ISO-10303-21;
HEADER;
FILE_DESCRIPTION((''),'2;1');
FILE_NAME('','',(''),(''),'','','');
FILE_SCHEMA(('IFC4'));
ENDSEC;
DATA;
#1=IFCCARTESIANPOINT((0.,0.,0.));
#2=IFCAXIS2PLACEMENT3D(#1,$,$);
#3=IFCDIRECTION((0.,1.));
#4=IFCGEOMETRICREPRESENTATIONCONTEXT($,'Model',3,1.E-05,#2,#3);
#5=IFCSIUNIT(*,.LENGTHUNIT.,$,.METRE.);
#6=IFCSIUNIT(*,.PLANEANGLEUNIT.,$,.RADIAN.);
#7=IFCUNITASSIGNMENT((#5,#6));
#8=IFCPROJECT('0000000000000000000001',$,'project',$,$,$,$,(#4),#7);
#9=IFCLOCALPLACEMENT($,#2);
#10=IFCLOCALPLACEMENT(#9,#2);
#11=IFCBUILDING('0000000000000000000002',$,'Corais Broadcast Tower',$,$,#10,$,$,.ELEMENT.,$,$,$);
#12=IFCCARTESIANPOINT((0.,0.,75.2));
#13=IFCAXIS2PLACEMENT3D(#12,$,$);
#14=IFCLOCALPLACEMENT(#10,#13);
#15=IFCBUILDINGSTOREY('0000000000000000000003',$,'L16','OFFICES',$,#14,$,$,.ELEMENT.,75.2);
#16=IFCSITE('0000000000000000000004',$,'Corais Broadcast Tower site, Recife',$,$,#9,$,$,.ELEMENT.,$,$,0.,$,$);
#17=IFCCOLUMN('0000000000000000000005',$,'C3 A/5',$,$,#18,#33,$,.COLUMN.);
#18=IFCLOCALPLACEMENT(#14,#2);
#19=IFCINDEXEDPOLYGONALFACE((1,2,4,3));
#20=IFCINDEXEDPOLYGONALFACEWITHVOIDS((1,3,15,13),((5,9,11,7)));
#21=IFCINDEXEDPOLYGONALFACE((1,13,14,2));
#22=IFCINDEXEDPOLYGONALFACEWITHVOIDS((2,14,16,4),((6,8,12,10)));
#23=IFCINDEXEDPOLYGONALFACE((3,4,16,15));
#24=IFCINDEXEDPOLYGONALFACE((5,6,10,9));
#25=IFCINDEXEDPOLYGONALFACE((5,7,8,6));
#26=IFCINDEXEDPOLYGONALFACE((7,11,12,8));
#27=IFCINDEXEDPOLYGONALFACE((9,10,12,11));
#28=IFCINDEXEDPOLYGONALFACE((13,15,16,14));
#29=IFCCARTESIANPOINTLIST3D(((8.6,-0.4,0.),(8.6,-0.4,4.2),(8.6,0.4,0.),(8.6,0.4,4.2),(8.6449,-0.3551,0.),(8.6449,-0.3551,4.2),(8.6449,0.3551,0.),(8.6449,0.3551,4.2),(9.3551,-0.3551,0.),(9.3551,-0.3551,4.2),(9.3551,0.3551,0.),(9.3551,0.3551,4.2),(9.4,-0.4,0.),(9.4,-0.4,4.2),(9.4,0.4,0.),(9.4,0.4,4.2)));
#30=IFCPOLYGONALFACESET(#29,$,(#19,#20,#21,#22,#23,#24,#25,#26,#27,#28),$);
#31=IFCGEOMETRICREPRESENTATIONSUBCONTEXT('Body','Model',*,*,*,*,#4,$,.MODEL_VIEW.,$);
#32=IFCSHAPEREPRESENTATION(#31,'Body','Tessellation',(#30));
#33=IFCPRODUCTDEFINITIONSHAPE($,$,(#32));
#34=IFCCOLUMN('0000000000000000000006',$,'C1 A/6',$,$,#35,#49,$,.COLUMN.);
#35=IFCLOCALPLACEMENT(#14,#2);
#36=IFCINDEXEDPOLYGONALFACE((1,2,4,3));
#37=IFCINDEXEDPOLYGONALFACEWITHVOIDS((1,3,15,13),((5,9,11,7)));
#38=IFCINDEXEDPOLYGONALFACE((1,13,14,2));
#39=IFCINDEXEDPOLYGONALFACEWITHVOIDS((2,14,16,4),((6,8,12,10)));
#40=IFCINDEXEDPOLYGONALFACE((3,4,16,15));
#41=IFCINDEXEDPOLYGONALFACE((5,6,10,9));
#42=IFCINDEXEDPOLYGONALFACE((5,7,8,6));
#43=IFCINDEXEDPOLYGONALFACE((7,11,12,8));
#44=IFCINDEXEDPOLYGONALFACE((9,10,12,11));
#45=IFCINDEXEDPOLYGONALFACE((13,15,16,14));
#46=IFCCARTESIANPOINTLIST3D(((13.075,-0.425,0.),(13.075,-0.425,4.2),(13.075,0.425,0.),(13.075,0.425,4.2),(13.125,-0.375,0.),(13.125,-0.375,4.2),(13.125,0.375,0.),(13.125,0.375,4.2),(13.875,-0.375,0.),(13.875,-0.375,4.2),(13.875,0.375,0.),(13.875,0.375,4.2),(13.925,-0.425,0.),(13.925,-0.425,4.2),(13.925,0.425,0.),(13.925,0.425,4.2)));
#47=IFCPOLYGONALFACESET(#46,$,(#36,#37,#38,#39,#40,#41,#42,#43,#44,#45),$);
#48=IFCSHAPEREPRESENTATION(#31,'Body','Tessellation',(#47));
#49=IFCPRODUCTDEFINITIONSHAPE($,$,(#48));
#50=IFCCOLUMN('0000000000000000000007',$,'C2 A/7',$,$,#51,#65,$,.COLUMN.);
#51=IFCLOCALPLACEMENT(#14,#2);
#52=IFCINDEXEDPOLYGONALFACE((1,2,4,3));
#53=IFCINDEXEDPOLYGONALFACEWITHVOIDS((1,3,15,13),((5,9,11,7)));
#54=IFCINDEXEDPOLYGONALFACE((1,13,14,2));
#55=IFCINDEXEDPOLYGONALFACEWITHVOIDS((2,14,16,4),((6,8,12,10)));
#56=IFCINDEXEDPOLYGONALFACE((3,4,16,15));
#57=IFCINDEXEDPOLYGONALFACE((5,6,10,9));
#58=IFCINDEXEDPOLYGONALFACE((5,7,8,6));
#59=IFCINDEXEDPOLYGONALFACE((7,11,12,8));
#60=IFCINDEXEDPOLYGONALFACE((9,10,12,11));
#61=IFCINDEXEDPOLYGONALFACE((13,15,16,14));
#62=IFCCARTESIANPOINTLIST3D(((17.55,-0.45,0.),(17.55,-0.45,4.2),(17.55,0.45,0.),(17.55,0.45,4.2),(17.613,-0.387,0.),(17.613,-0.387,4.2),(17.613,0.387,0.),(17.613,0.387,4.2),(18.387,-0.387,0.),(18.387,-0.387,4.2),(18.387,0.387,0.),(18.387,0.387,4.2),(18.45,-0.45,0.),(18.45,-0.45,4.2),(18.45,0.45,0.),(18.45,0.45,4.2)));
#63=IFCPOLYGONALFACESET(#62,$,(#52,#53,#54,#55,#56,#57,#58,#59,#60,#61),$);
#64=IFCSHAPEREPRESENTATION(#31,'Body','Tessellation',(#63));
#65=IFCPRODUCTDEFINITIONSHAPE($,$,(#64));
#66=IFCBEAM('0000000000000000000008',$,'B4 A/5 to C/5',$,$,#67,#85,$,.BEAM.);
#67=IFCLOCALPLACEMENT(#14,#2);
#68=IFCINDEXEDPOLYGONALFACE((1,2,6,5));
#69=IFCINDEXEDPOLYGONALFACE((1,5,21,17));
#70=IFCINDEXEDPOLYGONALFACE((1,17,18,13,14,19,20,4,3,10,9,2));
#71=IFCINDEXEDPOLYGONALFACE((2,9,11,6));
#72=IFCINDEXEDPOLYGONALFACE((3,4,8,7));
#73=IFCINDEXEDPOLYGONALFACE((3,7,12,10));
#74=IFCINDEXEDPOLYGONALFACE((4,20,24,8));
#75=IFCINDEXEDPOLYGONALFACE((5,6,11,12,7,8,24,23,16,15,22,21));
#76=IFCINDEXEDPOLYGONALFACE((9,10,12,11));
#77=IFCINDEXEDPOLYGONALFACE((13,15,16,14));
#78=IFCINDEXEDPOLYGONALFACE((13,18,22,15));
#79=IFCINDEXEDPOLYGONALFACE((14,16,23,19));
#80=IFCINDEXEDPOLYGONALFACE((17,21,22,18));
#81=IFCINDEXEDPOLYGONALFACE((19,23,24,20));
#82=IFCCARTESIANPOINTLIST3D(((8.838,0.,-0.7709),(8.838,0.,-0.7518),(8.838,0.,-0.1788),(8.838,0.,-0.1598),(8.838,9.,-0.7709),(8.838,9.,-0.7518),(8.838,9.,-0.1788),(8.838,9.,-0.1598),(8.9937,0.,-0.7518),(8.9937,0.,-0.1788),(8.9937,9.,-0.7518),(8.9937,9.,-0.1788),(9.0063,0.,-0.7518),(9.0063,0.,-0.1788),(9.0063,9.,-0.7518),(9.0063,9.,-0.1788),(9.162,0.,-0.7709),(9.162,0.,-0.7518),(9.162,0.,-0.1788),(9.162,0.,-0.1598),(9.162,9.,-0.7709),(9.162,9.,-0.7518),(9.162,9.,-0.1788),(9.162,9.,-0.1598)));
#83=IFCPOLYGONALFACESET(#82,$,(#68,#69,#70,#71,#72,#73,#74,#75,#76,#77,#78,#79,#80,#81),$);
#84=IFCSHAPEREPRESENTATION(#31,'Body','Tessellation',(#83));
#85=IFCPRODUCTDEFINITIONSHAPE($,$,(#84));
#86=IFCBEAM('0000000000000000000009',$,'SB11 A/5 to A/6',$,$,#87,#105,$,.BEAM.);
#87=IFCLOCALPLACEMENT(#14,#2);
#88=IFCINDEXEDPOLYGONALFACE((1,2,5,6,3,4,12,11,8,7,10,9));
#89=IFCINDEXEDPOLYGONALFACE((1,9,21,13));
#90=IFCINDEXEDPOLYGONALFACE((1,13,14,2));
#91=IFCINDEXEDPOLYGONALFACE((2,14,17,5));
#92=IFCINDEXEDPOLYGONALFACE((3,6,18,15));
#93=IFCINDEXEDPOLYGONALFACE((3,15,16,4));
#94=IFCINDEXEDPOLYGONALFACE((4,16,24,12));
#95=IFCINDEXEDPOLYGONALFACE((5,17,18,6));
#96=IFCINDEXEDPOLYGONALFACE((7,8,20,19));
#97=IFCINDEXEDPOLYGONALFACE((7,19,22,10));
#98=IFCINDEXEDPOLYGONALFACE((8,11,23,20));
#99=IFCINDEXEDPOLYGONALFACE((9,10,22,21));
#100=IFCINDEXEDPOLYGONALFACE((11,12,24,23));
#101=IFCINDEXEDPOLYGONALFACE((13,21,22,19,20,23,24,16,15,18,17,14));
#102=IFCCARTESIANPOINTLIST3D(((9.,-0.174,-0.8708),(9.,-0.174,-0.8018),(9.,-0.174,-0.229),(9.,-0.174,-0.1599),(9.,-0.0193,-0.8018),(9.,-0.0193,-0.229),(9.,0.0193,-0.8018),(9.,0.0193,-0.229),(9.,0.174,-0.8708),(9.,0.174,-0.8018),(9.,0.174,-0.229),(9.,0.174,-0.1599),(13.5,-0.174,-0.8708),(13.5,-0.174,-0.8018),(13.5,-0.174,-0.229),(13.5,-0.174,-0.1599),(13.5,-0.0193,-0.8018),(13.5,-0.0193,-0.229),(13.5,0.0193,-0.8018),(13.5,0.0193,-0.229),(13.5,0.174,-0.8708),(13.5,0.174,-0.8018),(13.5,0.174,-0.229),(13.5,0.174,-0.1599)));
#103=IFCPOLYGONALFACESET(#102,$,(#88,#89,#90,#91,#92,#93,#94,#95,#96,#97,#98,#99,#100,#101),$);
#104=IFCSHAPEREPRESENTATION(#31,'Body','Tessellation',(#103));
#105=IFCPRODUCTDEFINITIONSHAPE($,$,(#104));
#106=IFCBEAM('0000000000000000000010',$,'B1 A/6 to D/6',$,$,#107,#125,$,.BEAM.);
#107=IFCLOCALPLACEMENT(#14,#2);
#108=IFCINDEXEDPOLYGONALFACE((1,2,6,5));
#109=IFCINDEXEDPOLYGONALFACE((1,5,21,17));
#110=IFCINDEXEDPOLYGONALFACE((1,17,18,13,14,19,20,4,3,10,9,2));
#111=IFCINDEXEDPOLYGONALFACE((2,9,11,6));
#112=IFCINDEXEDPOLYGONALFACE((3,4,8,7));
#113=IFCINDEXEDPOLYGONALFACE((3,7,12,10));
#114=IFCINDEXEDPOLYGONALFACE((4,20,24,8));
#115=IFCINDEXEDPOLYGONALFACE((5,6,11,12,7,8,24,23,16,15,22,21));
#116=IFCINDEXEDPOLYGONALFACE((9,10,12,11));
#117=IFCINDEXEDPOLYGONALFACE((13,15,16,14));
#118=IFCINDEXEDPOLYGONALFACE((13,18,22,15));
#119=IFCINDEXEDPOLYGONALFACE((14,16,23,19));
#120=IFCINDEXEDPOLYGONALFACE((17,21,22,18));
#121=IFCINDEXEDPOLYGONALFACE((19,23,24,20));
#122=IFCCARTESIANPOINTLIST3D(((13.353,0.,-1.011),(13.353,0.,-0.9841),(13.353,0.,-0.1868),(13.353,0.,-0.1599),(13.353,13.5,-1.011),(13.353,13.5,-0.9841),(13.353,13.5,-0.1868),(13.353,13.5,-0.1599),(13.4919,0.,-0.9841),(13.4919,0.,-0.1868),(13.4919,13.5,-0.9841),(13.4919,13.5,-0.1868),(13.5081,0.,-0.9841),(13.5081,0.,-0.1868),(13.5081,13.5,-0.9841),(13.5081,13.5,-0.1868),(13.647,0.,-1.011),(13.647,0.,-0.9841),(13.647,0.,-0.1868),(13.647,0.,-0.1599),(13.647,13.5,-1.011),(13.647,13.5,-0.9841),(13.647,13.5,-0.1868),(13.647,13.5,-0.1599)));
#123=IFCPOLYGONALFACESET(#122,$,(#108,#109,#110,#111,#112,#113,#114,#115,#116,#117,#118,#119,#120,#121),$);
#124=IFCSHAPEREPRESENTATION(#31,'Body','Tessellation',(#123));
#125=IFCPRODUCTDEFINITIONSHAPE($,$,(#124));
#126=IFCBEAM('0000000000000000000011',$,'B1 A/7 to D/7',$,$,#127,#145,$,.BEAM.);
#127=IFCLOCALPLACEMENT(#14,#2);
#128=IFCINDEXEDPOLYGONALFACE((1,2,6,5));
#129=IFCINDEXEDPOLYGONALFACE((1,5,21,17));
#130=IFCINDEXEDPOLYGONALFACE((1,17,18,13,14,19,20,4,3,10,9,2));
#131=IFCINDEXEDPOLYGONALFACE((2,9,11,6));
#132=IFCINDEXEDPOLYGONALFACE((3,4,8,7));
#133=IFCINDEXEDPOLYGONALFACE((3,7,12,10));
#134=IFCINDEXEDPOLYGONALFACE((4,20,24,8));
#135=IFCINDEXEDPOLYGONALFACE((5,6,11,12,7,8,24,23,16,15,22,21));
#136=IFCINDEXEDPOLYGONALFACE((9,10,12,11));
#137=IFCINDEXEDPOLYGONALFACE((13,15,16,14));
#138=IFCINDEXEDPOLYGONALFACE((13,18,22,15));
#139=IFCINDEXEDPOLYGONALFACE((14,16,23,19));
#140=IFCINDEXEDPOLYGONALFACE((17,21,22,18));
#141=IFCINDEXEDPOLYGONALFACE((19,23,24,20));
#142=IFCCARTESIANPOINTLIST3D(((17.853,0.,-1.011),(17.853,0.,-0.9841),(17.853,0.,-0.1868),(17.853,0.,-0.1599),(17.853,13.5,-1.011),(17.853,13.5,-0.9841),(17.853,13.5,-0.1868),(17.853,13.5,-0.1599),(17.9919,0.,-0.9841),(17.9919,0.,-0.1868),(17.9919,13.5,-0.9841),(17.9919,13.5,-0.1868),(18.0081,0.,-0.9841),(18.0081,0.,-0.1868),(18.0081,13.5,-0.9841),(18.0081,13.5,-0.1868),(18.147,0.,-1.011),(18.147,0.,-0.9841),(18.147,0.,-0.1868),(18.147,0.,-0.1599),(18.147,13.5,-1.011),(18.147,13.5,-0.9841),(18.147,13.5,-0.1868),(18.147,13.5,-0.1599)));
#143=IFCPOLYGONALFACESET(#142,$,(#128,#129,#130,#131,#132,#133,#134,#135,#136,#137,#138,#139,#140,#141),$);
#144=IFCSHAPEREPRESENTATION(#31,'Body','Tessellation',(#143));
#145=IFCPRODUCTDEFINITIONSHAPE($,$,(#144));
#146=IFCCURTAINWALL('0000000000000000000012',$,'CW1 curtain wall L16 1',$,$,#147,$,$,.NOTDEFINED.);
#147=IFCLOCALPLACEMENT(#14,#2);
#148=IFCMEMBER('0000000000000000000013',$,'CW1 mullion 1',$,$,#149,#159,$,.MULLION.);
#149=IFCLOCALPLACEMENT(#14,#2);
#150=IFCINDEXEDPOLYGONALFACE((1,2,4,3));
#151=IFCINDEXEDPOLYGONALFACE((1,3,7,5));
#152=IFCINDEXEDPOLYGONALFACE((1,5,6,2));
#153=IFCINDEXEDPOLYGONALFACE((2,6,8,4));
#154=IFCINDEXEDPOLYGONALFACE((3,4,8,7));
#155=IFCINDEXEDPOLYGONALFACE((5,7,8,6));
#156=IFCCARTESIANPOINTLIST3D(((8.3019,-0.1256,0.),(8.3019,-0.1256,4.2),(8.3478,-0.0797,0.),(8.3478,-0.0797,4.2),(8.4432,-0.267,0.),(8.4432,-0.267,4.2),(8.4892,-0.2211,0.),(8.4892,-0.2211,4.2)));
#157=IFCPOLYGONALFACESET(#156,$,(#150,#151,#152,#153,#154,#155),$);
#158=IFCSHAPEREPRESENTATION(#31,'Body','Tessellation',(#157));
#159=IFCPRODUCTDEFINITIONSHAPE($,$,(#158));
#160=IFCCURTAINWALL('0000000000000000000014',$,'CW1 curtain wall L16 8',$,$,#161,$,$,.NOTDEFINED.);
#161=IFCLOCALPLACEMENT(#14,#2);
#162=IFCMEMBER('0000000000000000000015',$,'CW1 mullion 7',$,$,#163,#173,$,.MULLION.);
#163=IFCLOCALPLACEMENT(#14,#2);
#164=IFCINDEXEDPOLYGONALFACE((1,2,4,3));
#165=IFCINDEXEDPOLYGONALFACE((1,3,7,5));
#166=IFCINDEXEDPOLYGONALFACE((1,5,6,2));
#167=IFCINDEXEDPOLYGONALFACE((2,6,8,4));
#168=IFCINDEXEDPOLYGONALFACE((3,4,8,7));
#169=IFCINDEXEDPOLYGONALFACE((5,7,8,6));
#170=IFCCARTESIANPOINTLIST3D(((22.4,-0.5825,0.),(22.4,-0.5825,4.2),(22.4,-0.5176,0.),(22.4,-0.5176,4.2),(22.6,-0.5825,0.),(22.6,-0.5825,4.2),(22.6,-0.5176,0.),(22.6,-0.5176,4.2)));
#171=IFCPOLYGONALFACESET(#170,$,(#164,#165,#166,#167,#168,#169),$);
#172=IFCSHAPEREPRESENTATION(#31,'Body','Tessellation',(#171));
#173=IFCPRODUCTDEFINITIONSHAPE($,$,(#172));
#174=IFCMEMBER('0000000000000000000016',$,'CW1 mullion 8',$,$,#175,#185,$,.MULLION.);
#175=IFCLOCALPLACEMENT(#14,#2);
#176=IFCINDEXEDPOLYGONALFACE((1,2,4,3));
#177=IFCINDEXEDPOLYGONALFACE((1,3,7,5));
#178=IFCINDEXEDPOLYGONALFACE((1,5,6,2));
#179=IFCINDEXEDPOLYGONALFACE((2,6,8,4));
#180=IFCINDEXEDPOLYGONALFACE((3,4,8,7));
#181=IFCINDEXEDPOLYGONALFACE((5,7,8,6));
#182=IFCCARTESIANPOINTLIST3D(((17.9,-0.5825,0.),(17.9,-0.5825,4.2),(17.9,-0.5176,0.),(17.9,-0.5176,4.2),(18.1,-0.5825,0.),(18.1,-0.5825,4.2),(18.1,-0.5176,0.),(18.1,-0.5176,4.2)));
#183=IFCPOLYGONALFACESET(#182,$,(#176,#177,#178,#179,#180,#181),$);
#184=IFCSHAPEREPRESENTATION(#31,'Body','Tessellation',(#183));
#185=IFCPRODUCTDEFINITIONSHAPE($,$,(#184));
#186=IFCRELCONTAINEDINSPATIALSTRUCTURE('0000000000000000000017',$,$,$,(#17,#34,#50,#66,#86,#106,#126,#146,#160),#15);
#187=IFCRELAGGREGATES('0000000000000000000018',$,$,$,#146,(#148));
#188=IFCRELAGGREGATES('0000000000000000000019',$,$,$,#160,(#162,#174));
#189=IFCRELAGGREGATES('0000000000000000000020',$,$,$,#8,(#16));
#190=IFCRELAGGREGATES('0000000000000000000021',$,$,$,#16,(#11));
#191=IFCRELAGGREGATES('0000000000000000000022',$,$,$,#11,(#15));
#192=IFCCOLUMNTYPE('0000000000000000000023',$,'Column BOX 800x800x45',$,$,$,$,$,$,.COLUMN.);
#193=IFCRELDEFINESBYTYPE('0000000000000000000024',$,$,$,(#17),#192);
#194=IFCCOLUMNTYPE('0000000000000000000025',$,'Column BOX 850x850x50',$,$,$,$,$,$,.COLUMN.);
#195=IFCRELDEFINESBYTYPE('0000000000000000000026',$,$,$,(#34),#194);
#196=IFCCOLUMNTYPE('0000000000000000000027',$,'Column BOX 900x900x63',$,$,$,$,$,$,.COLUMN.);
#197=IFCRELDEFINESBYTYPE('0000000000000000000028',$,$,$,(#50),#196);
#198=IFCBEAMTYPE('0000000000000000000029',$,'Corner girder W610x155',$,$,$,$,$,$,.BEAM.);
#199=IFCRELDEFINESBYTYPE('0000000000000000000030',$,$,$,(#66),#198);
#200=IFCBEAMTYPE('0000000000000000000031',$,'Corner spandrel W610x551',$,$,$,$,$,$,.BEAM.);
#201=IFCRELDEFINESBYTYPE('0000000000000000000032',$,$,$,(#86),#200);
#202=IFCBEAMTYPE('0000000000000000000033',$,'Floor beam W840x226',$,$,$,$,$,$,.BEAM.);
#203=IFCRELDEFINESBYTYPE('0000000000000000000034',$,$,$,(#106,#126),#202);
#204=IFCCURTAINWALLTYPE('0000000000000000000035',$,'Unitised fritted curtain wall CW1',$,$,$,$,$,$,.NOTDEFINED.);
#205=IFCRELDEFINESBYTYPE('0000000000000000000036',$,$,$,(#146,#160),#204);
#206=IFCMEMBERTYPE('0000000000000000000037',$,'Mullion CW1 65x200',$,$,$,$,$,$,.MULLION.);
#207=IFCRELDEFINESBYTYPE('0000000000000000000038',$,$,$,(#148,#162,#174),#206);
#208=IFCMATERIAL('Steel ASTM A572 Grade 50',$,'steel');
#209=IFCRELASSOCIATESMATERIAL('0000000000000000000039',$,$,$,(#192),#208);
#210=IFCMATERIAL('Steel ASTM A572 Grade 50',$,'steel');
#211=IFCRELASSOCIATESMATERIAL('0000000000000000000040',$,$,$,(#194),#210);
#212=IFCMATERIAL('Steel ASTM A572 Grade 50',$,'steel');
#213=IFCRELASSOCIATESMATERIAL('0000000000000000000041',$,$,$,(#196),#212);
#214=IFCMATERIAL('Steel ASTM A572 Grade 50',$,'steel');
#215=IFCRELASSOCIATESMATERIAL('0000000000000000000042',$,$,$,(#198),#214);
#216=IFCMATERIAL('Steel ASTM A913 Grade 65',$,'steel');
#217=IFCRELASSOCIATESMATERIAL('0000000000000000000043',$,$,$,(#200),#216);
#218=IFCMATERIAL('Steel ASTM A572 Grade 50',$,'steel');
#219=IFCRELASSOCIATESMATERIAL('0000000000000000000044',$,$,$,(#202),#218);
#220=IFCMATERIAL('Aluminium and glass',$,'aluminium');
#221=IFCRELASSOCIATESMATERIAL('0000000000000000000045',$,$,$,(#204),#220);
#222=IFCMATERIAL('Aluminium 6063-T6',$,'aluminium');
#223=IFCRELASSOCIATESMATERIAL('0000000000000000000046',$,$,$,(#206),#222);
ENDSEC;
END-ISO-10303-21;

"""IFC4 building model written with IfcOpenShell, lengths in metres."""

from ifc_helpers import new_model, si_unit, direction, frame, origin, origin_2d, place, context, subcontext, project, spatial, rectangle, hollow_rectangle, i_section, extrude, material, material_profile, profile_set, type_object, element, aggregate, save


model = new_model("IFC4")

# Units and contexts
model_context = context("Model", 3, precision=1e-05, world=origin(), true_north=direction((0.0, 1.0)))
body_context = subcontext(model_context, "Body", "Model", "MODEL_VIEW")
ifc_project = project(units=[si_unit("LENGTHUNIT", "METRE"), si_unit("PLANEANGLEUNIT", "RADIAN")], contexts=[model_context])

# Site, building, storey
site_placement = place(None, origin())
site = spatial("IfcSite", under=ifc_project, at=site_placement, Name="Corais Broadcast Tower site, Recife", CompositionType="ELEMENT", RefElevation=0.0)
building_placement = place(site_placement, origin())
building = spatial("IfcBuilding", under=site, at=building_placement, Name="Corais Broadcast Tower", CompositionType="ELEMENT")
storey_placement = place(building_placement, frame((0.0, 0.0, 75.2)))
storey = spatial("IfcBuildingStorey", under=building, at=storey_placement, Name="L16", Description="OFFICES", CompositionType="ELEMENT", Elevation=75.2)

# Columns
ifc_material_1 = material(Name="Steel ASTM A572 Grade 50", Category="steel")
ifc_material_profile_1 = material_profile(ifc_material_1, hollow_rectangle(XDim=0.8, YDim=0.8, WallThickness=0.0449, at=origin_2d()), Name="BOX 800x800x45")
ifc_profile_set_1 = profile_set([ifc_material_profile_1], Name="Steel ASTM A572 Grade 50")
column_type_1 = type_object("IfcColumnType", Name="Column BOX 800x800x45", PredefinedType="COLUMN", material=ifc_profile_set_1)
column_1_placement = place(storey_placement, frame((9.0, 0.0, 0.0), z_axis=(0.0, 0.0, 1.0), x_axis=(1.0, 0.0, 0.0)))
element("IfcColumn", 1, at=column_1_placement, inside=storey, type_object=column_type_1, Name="C3 A/5", PredefinedType="COLUMN", context=body_context, shape_type="SweptSolid", body=[
    extrude(hollow_rectangle(XDim=0.8, YDim=0.8, WallThickness=0.0449, at=origin_2d()), origin(), (0.0, 0.0, 1.0), 4.2),
])
ifc_material_2 = material(Name="Steel ASTM A572 Grade 50", Category="steel")
ifc_material_profile_2 = material_profile(ifc_material_2, hollow_rectangle(XDim=0.8501, YDim=0.8501, WallThickness=0.05, at=origin_2d()), Name="BOX 850x850x50")
ifc_profile_set_2 = profile_set([ifc_material_profile_2], Name="Steel ASTM A572 Grade 50")
column_type_2 = type_object("IfcColumnType", Name="Column BOX 850x850x50", PredefinedType="COLUMN", material=ifc_profile_set_2)
column_2_placement = place(storey_placement, frame((13.5, 0.0, 0.0), z_axis=(0.0, 0.0, 1.0), x_axis=(1.0, 0.0, 0.0)))
element("IfcColumn", 2, at=column_2_placement, inside=storey, type_object=column_type_2, Name="C1 A/6", PredefinedType="COLUMN", context=body_context, shape_type="SweptSolid", body=[
    extrude(hollow_rectangle(XDim=0.8501, YDim=0.8501, WallThickness=0.05, at=origin_2d()), origin(), (0.0, 0.0, 1.0), 4.2),
])
ifc_material_3 = material(Name="Steel ASTM A572 Grade 50", Category="steel")
ifc_material_profile_3 = material_profile(ifc_material_3, hollow_rectangle(XDim=0.8999, YDim=0.8999, WallThickness=0.063, at=origin_2d()), Name="BOX 900x900x63")
ifc_profile_set_3 = profile_set([ifc_material_profile_3], Name="Steel ASTM A572 Grade 50")
column_type_3 = type_object("IfcColumnType", Name="Column BOX 900x900x63", PredefinedType="COLUMN", material=ifc_profile_set_3)
column_3_placement = place(storey_placement, frame((18.0, 0.0, 0.0), z_axis=(0.0, 0.0, 1.0), x_axis=(1.0, 0.0, 0.0)))
element("IfcColumn", 3, at=column_3_placement, inside=storey, type_object=column_type_3, Name="C2 A/7", PredefinedType="COLUMN", context=body_context, shape_type="SweptSolid", body=[
    extrude(hollow_rectangle(XDim=0.8999, YDim=0.8999, WallThickness=0.063, at=origin_2d()), origin(), (0.0, 0.0, 1.0), 4.2),
])

# Beams
ifc_material_4 = material(Name="Steel ASTM A572 Grade 50", Category="steel")
ifc_material_profile_4 = material_profile(ifc_material_4, i_section(OverallWidth=0.324, OverallDepth=0.6111, WebThickness=0.0127, FlangeThickness=0.019, at=origin_2d()), Name="W610x155")
ifc_profile_set_4 = profile_set([ifc_material_profile_4], Name="Steel ASTM A572 Grade 50")
beam_type_1 = type_object("IfcBeamType", Name="Corner girder W610x155", PredefinedType="BEAM", material=ifc_profile_set_4)
beam_1_placement = place(storey_placement, frame((9.0, 0.0, -0.4653), z_axis=(0.0, 1.0, 0.0), x_axis=(-1.0, 0.0, 0.0)))
element("IfcBeam", 4, at=beam_1_placement, inside=storey, type_object=beam_type_1, Name="B4 A/5 to C/5", PredefinedType="BEAM", context=body_context, shape_type="SweptSolid", body=[
    extrude(i_section(OverallWidth=0.324, OverallDepth=0.6111, WebThickness=0.0127, FlangeThickness=0.019, at=origin_2d()), origin(), (0.0, 0.0, 1.0), 9.0),
])
ifc_material_5 = material(Name="Steel ASTM A913 Grade 65", Category="steel")
ifc_material_profile_5 = material_profile(ifc_material_5, i_section(OverallWidth=0.3479, OverallDepth=0.7109, WebThickness=0.0386, FlangeThickness=0.0691, at=origin_2d()), Name="W610x551")
ifc_profile_set_5 = profile_set([ifc_material_profile_5], Name="Steel ASTM A913 Grade 65")
beam_type_2 = type_object("IfcBeamType", Name="Corner spandrel W610x551", PredefinedType="BEAM", material=ifc_profile_set_5)
beam_2_placement = place(storey_placement, frame((9.0, 0.0, -0.5154), z_axis=(1.0, 0.0, 0.0), x_axis=(0.0, 1.0, 0.0)))
element("IfcBeam", 5, at=beam_2_placement, inside=storey, type_object=beam_type_2, Name="SB11 A/5 to A/6", PredefinedType="BEAM", context=body_context, shape_type="SweptSolid", body=[
    extrude(i_section(OverallWidth=0.3479, OverallDepth=0.7109, WebThickness=0.0386, FlangeThickness=0.0691, at=origin_2d()), origin(), (0.0, 0.0, 1.0), 4.5),
])
ifc_material_6 = material(Name="Steel ASTM A572 Grade 50", Category="steel")
ifc_material_profile_6 = material_profile(ifc_material_6, i_section(OverallWidth=0.2939, OverallDepth=0.8511, WebThickness=0.0161, FlangeThickness=0.0269, at=origin_2d()), Name="W840x226")
ifc_profile_set_6 = profile_set([ifc_material_profile_6], Name="Steel ASTM A572 Grade 50")
beam_type_3 = type_object("IfcBeamType", Name="Floor beam W840x226", PredefinedType="BEAM", material=ifc_profile_set_6)
for number, where, z_axis, x_axis, name in (
    (6, (13.5, 0.0, -0.5854), (0.0, 1.0, 0.0), (-1.0, 0.0, 0.0), "B1 A/6 to D/6"),
    (7, (18.0, 0.0, -0.5854), (0.0, 1.0, 0.0), (-1.0, 0.0, 0.0), "B1 A/7 to D/7"),
):
    element("IfcBeam", number, at=place(storey_placement, frame(where, z_axis=z_axis, x_axis=x_axis)), inside=storey, type_object=beam_type_3, Name=name, PredefinedType="BEAM", context=body_context, shape_type="SweptSolid", body=[
        extrude(i_section(OverallWidth=0.2939, OverallDepth=0.8511, WebThickness=0.0161, FlangeThickness=0.0269, at=origin_2d()), origin(), (0.0, 0.0, 1.0), 13.5),
    ])

# Curtain wall, member
ifc_material_7 = material(Name="Aluminium and glass", Category="aluminium")
curtain_wall_type = type_object("IfcCurtainWallType", Name="Unitised fritted curtain wall CW1", PredefinedType="NOTDEFINED", material=ifc_material_7)
curtain_wall_1_placement = place(storey_placement, origin())
curtain_wall_1 = element("IfcCurtainWall", 8, at=curtain_wall_1_placement, inside=storey, type_object=curtain_wall_type, Name="CW1 curtain wall L16 1", PredefinedType="NOTDEFINED")
ifc_material_8 = material(Name="Aluminium 6063-T6", Category="aluminium")
ifc_material_profile_7 = material_profile(ifc_material_8, rectangle(XDim=0.0649, YDim=0.2, at=origin_2d()), Name="Mullion CW1 65x200")
ifc_profile_set_7 = profile_set([ifc_material_profile_7], Name="Aluminium 6063-T6")
member_type_1 = type_object("IfcMemberType", Name="Mullion CW1 65x200", PredefinedType="MULLION", material=ifc_profile_set_7)
member_1_placement = place(storey_placement, frame((8.3955, -0.1733, 0.0), z_axis=(0.0, 0.0, 1.0), x_axis=(-0.707107, -0.707107, 0.0)))
member_1 = element("IfcMember", 9, at=member_1_placement, type_object=member_type_1, Name="CW1 mullion 1", PredefinedType="MULLION", context=body_context, shape_type="SweptSolid", body=[
    extrude(rectangle(XDim=0.0649, YDim=0.2, at=origin_2d()), origin(), (0.0, 0.0, 1.0), 4.2),
])

# Curtain wall, members
curtain_wall_2_placement = place(storey_placement, origin())
curtain_wall_2 = element("IfcCurtainWall", 10, at=curtain_wall_2_placement, inside=storey, type_object=curtain_wall_type, Name="CW1 curtain wall L16 8", PredefinedType="NOTDEFINED")
member_2_placement = place(storey_placement, frame((22.5, -0.55, 0.0), z_axis=(0.0, 0.0, 1.0), x_axis=(0.0, -1.0, 0.0)))
member_2 = element("IfcMember", 11, at=member_2_placement, type_object=member_type_1, Name="CW1 mullion 7", PredefinedType="MULLION", context=body_context, shape_type="SweptSolid", body=[
    extrude(rectangle(XDim=0.0649, YDim=0.2, at=origin_2d()), origin(), (0.0, 0.0, 1.0), 4.2),
])
member_3_placement = place(storey_placement, frame((18.0, -0.55, 0.0), z_axis=(0.0, 0.0, 1.0), x_axis=(0.0, -1.0, 0.0)))
member_3 = element("IfcMember", 12, at=member_3_placement, type_object=member_type_1, Name="CW1 mullion 8", PredefinedType="MULLION", context=body_context, shape_type="SweptSolid", body=[
    extrude(rectangle(XDim=0.0649, YDim=0.2, at=origin_2d()), origin(), (0.0, 0.0, 1.0), 4.2),
])

aggregate(curtain_wall_1, [member_1])

aggregate(curtain_wall_2, [member_2, member_3])

save(model, "model.ifc")
